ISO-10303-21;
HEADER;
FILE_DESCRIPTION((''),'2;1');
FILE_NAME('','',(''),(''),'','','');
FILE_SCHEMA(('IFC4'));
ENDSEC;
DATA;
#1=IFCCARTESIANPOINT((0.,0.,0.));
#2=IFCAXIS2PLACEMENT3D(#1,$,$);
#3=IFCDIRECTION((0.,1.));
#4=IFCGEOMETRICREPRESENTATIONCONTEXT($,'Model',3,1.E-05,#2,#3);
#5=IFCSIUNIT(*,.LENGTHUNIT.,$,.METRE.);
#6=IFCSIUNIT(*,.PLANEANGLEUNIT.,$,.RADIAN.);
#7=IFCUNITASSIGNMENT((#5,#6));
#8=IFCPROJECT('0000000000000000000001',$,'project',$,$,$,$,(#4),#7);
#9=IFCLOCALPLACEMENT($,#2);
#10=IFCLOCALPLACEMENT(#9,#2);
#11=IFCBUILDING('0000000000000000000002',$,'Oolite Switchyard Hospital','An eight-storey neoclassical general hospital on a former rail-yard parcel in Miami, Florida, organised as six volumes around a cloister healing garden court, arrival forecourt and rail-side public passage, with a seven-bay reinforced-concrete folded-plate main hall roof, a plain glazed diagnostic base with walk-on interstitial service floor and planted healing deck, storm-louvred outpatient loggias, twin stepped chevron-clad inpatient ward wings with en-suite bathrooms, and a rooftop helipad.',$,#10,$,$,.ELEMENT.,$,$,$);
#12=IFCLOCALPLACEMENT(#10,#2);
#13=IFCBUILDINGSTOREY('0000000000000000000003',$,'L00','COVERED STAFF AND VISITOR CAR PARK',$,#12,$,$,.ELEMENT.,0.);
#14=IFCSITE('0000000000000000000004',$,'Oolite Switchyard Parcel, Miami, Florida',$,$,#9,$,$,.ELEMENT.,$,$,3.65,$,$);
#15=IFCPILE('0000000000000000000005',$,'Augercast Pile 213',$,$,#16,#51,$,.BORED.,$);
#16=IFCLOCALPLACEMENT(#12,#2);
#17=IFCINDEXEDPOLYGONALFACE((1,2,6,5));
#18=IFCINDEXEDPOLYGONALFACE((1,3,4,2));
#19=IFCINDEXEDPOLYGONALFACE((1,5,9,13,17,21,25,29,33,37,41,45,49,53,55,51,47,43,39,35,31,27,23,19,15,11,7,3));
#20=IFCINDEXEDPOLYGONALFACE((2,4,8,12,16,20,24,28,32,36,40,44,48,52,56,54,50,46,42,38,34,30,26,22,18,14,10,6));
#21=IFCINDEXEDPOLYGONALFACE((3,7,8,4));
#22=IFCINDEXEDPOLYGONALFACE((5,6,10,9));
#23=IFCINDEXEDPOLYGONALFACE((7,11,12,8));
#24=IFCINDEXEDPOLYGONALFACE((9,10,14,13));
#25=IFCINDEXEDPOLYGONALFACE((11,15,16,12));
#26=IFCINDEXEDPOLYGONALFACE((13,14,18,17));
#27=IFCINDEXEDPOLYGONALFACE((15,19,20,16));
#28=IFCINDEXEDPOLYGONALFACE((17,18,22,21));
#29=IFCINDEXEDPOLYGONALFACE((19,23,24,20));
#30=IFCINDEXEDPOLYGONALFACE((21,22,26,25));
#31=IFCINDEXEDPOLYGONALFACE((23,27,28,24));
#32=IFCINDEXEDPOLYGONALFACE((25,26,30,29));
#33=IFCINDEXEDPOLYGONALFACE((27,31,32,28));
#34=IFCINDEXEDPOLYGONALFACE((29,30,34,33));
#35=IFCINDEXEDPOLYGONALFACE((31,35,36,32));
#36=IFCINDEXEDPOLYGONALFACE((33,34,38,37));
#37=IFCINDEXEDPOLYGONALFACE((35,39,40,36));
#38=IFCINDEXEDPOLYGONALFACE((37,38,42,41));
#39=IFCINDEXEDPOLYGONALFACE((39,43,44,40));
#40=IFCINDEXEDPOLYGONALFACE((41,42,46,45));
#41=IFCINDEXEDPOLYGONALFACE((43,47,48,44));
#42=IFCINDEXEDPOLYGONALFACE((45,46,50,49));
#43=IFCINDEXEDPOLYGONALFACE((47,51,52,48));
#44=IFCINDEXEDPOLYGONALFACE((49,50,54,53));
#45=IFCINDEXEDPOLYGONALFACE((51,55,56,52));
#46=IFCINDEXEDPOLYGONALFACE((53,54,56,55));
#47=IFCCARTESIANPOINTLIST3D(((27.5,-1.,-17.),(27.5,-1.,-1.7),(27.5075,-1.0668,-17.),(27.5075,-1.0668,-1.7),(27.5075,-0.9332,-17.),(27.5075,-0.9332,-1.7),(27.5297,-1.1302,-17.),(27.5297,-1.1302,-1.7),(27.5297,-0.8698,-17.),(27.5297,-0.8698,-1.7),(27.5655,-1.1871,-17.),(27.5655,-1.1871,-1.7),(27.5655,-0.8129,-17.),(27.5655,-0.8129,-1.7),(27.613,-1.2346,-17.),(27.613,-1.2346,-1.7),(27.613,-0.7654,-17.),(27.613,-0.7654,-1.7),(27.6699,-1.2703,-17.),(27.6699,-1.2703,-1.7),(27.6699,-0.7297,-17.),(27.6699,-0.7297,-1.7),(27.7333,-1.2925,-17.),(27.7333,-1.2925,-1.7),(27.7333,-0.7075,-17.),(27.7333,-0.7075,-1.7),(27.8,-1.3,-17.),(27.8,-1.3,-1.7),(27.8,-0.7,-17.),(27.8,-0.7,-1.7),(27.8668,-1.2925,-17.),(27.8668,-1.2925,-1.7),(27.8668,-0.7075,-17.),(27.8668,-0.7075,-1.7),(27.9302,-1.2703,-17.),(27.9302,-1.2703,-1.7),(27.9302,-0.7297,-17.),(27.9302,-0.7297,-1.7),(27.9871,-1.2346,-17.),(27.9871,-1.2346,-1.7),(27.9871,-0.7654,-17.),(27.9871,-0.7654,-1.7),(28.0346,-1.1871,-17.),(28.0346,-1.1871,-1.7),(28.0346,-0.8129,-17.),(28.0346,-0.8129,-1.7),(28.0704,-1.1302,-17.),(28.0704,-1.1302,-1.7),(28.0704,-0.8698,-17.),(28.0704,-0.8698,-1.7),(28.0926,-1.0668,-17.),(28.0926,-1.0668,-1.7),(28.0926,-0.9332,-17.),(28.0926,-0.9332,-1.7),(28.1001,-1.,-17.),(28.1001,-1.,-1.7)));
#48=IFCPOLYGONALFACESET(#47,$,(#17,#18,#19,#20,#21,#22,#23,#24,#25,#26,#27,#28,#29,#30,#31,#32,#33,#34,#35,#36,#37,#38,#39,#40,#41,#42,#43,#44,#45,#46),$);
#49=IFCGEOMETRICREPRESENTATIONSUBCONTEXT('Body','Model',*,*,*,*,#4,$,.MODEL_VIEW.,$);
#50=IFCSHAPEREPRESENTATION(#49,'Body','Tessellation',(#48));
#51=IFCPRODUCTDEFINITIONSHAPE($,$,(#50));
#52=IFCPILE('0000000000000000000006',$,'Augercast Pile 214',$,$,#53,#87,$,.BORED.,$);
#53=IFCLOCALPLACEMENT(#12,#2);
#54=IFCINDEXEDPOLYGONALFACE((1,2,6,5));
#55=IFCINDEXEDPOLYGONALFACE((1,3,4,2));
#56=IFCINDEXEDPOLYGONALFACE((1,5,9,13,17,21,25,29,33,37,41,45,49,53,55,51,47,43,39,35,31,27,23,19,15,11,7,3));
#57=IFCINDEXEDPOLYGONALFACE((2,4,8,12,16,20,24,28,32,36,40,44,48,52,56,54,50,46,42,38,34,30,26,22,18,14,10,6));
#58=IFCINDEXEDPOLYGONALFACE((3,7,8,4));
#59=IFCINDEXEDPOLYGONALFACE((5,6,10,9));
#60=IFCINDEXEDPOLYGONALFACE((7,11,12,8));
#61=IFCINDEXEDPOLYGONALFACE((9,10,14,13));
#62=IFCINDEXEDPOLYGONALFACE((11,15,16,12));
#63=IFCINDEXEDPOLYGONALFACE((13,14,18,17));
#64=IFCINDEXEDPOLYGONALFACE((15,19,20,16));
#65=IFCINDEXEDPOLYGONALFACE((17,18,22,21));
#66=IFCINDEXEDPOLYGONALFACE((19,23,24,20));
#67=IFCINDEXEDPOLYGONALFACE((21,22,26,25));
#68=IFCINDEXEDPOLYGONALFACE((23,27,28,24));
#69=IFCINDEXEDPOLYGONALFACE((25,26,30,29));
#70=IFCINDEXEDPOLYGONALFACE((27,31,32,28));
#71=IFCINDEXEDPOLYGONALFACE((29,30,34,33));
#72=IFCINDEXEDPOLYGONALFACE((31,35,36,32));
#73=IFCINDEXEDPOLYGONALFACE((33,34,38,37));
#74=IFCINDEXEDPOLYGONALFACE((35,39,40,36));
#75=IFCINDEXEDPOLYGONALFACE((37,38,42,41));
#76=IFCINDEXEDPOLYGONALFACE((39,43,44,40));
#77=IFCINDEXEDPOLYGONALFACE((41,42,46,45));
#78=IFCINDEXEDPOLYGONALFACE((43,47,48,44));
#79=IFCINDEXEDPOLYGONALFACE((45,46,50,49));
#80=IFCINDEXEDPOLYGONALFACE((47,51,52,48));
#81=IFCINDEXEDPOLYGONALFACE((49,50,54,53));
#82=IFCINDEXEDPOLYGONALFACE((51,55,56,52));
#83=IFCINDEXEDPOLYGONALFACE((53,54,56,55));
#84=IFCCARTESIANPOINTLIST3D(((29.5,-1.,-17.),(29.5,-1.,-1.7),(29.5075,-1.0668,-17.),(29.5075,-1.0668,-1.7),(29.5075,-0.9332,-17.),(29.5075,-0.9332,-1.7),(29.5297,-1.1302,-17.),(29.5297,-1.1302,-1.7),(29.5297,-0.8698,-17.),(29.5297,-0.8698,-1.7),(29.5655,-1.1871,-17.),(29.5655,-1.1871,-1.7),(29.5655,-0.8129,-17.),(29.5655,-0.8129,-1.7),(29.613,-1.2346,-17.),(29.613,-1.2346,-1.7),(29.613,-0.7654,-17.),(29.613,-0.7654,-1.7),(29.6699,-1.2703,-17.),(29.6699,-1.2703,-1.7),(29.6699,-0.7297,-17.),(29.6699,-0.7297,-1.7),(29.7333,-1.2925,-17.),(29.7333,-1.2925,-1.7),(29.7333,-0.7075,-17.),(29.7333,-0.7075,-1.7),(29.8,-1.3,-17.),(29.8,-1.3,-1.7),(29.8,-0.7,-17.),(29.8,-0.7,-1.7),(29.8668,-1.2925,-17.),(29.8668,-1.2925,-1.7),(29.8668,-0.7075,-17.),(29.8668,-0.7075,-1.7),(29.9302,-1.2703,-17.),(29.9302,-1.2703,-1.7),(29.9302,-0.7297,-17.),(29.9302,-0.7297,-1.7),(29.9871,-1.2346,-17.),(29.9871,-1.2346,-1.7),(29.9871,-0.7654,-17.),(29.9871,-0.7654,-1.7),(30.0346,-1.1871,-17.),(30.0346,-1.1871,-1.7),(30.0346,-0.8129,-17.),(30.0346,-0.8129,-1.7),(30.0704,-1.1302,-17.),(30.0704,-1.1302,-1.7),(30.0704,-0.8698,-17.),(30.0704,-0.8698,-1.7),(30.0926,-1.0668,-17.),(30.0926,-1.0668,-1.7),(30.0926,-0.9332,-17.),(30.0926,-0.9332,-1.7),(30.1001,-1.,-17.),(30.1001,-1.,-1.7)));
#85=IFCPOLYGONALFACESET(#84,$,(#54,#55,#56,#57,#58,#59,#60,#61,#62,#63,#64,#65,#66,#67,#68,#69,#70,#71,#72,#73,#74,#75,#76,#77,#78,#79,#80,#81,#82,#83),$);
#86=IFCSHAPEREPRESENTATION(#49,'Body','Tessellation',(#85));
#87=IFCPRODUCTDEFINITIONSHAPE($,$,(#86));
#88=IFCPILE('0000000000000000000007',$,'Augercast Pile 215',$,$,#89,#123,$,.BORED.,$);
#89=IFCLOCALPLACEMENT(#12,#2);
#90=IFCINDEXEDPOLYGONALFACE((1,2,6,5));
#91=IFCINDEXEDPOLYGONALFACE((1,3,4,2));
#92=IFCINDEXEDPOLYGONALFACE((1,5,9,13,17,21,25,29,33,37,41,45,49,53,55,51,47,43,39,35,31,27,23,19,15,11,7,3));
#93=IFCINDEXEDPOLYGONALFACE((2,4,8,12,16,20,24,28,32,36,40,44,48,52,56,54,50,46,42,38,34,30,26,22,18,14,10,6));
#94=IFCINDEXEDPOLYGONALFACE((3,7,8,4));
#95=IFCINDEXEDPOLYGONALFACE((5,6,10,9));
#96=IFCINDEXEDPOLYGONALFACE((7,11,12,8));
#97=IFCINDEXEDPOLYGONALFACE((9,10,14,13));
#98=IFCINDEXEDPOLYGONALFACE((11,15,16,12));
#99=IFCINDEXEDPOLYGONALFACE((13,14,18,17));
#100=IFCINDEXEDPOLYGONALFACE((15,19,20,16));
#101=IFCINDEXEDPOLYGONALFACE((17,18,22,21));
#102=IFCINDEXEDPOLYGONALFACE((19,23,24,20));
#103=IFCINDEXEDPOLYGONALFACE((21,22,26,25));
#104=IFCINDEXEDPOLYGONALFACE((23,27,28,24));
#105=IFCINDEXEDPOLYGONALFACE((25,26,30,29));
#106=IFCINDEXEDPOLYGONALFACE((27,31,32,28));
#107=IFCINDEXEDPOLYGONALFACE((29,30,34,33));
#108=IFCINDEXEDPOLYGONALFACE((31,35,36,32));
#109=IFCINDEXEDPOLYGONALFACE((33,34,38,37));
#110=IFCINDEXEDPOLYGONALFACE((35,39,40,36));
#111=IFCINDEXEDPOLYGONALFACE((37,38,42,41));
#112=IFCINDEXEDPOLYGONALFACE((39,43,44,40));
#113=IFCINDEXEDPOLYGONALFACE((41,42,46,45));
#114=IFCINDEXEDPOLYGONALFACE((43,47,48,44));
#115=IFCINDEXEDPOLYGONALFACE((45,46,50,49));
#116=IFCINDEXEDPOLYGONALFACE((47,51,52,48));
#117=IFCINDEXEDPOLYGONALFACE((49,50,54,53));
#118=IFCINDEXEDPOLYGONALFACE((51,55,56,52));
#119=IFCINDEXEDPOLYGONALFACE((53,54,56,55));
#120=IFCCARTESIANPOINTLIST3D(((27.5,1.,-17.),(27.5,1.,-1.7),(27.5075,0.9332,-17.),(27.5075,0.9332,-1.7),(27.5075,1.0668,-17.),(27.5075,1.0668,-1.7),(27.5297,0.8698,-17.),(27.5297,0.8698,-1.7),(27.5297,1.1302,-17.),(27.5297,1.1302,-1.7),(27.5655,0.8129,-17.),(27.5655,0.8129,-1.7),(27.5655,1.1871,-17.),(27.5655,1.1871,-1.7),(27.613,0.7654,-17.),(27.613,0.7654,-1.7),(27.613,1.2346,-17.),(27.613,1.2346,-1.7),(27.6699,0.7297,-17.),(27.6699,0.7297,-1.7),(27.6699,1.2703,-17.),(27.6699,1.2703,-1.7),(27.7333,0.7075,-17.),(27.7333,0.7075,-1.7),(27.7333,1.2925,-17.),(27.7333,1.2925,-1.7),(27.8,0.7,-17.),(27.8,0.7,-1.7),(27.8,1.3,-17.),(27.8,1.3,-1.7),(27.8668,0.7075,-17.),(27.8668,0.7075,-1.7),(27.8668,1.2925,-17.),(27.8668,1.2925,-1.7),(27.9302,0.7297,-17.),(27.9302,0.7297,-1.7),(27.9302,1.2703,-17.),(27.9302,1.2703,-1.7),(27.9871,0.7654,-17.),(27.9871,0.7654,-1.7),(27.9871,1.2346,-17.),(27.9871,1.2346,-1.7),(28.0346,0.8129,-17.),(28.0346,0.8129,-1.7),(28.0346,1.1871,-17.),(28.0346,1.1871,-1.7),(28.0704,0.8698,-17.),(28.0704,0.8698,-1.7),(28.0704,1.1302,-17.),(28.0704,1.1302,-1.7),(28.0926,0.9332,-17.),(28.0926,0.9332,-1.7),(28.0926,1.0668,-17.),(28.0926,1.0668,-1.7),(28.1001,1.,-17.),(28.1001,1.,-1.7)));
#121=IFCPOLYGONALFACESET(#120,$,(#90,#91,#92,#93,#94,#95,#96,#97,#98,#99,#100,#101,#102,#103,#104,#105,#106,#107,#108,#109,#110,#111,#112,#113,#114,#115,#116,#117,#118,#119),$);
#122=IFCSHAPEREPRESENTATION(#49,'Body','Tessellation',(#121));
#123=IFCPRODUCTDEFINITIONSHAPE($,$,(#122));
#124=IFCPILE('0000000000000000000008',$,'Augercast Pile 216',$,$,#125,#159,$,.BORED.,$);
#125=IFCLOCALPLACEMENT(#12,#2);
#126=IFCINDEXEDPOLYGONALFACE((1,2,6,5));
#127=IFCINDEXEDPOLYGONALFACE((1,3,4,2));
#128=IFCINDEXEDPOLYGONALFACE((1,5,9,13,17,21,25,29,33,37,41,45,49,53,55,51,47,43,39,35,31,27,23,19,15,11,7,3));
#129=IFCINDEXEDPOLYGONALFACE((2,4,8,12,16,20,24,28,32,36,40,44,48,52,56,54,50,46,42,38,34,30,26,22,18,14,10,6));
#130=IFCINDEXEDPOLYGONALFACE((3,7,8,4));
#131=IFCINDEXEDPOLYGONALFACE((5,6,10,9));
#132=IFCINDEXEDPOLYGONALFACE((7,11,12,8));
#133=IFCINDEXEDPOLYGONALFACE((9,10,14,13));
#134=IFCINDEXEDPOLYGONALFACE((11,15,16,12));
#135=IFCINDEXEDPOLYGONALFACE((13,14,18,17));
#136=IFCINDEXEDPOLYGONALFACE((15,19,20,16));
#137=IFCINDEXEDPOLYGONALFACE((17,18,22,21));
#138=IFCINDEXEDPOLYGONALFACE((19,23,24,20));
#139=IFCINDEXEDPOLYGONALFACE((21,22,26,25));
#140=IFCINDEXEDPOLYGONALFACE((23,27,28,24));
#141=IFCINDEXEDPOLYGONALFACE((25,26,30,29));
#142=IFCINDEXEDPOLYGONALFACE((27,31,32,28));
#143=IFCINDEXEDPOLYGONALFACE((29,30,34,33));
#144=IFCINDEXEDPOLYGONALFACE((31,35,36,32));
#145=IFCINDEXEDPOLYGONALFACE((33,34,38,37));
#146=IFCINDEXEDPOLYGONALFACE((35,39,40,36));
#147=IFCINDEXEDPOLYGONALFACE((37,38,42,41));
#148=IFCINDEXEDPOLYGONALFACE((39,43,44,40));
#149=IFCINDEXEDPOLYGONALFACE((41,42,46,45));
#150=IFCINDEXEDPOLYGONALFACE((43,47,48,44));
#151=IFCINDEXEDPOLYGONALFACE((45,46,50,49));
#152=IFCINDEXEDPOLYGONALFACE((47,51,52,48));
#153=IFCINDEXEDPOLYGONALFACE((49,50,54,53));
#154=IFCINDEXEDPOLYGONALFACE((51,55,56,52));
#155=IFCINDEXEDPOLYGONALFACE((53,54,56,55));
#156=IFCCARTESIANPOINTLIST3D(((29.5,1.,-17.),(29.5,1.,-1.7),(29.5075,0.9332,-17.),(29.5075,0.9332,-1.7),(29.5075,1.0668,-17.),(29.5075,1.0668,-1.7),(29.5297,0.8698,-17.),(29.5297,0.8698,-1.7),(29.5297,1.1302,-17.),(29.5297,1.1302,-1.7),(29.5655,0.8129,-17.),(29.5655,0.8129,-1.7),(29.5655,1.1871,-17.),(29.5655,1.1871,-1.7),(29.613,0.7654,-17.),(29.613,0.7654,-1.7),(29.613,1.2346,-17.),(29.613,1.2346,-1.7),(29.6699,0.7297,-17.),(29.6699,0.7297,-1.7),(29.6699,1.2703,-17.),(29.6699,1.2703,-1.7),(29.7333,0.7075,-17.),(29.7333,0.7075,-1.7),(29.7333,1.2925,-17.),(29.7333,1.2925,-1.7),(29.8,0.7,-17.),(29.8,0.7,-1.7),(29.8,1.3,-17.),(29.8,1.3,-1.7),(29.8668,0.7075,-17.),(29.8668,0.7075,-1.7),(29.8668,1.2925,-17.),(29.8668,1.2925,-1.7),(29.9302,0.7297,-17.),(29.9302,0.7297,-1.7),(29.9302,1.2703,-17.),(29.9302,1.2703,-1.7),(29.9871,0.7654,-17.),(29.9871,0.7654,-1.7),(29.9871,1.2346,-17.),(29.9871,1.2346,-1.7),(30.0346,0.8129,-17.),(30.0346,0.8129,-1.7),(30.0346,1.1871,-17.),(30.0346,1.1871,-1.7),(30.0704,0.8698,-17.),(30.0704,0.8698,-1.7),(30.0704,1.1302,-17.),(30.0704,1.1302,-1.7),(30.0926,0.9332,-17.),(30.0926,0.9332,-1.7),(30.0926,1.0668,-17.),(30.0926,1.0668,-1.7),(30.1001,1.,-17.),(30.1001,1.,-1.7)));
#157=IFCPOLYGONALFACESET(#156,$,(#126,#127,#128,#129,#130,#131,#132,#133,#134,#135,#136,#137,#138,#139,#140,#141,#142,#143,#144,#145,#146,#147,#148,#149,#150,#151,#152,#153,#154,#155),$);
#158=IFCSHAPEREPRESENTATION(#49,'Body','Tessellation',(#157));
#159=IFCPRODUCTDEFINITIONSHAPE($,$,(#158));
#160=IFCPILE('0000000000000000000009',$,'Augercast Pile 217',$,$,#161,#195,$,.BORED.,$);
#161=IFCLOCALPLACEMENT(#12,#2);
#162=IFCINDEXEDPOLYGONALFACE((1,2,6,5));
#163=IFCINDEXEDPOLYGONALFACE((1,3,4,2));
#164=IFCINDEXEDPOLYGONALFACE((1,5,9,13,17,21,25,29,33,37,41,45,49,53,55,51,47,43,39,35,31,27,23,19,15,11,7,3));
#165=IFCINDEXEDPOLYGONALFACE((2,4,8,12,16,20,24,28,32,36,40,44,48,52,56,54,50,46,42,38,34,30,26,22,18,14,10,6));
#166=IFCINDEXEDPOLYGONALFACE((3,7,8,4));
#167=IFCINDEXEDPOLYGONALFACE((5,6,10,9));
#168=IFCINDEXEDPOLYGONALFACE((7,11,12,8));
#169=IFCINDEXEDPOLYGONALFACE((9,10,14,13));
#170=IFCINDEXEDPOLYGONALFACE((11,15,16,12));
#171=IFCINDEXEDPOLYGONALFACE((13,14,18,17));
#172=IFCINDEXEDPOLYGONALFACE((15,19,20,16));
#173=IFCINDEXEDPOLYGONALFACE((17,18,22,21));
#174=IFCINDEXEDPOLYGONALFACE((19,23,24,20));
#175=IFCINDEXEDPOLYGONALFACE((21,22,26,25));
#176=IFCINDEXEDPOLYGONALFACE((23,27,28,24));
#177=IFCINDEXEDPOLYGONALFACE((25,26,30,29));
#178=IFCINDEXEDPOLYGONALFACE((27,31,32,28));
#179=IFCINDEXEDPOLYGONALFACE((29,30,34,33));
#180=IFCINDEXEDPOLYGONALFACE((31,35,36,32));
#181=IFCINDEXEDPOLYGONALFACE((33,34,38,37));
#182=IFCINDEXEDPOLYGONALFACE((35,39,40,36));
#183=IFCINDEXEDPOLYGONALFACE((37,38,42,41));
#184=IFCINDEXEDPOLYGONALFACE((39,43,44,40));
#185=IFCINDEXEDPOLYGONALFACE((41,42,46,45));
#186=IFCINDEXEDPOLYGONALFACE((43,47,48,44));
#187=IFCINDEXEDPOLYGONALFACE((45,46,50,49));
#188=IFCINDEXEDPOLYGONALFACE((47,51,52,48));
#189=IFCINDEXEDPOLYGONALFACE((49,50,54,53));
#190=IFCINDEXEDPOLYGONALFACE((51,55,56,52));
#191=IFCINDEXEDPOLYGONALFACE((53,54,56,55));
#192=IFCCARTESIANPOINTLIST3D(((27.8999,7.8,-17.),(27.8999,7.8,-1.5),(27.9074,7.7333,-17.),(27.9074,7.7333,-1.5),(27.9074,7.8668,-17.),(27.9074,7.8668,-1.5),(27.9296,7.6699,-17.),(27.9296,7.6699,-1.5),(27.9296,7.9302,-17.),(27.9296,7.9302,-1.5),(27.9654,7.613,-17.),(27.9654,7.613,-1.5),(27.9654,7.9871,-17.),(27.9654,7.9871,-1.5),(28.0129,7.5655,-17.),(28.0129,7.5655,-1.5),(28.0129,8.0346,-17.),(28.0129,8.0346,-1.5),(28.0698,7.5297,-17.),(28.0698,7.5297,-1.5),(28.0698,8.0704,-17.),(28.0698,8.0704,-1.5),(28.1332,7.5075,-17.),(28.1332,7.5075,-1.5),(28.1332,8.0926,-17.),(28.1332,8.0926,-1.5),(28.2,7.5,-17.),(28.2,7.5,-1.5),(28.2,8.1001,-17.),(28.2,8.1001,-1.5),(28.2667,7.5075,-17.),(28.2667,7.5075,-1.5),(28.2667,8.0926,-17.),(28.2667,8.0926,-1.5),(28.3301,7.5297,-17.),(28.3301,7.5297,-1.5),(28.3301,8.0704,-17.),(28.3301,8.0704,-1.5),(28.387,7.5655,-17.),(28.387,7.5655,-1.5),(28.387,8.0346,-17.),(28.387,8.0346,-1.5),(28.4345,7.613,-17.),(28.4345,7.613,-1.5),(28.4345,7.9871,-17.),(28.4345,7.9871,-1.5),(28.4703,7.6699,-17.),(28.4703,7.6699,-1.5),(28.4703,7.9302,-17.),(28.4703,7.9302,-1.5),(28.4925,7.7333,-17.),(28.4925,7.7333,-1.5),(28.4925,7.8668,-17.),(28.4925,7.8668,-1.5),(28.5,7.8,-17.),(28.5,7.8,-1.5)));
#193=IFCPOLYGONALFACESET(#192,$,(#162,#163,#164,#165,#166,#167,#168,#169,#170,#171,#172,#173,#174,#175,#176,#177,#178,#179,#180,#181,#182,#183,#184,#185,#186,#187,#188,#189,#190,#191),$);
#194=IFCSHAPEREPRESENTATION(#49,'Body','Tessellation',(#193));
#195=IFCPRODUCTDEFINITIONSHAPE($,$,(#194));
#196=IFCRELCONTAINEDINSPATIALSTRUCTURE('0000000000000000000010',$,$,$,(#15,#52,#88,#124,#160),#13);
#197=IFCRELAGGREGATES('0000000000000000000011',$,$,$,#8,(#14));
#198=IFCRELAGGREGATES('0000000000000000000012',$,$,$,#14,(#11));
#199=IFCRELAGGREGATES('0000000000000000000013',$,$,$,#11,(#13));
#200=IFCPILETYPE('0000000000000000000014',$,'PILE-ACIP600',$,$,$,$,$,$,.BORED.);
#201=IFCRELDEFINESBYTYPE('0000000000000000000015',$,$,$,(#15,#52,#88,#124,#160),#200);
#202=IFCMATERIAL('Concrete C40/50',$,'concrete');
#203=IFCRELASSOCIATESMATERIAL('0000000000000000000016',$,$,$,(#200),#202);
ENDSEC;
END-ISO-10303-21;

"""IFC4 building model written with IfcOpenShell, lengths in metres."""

from ifc_helpers import new_model, si_unit, direction, frame, origin, origin_2d, place, context, subcontext, project, spatial, circle, extrude, material, material_profile, profile_set, type_object, element, save


model = new_model("IFC4")

# Units and contexts
model_context = context("Model", 3, precision=1e-05, world=origin(), true_north=direction((0.0, 1.0)))
body_context = subcontext(model_context, "Body", "Model", "MODEL_VIEW")
ifc_project = project(units=[si_unit("LENGTHUNIT", "METRE"), si_unit("PLANEANGLEUNIT", "RADIAN")], contexts=[model_context])

# Site, building, storey
site_placement = place(None, origin())
site = spatial("IfcSite", under=ifc_project, at=site_placement, Name="Oolite Switchyard Parcel, Miami, Florida", CompositionType="ELEMENT", RefElevation=3.65)
building_placement = place(site_placement, origin())
building = spatial("IfcBuilding", under=site, at=building_placement, Name="Oolite Switchyard Hospital", Description="An eight-storey neoclassical general hospital on a former rail-yard parcel in Miami, Florida, organised as six volumes around a cloister healing garden court, arrival forecourt and rail-side public passage, with a seven-bay reinforced-concrete folded-plate main hall roof, a plain glazed diagnostic base with walk-on interstitial service floor and planted healing deck, storm-louvred outpatient loggias, twin stepped chevron-clad inpatient ward wings with en-suite bathrooms, and a rooftop helipad.", CompositionType="ELEMENT")
storey_placement = place(building_placement, origin())
storey = spatial("IfcBuildingStorey", under=building, at=storey_placement, Name="L00", Description="COVERED STAFF AND VISITOR CAR PARK", CompositionType="ELEMENT", Elevation=0.0)

# Shared definitions
ifc_material_1 = material(Name="Concrete C40/50", Category="concrete")

# Piles
ifc_material_profile_1 = material_profile(ifc_material_1, circle(Radius=0.3, at=origin_2d()), Name="PILE600")
ifc_profile_set_1 = profile_set([ifc_material_profile_1], Name="Concrete C40/50")
pile_type = type_object("IfcPileType", Name="PILE-ACIP600", PredefinedType="BORED", material=ifc_profile_set_1)
for number, where, z_axis, x_axis, name in (
    (1, (27.8, -1.0, -1.7), (0.0, 0.0, -1.0), (1.0, 0.0, 0.0), "Augercast Pile 213"),
    (2, (29.8, -1.0, -1.7), (0.0, 0.0, -1.0), (1.0, 0.0, 0.0), "Augercast Pile 214"),
    (3, (27.8, 1.0, -1.7), (0.0, 0.0, -1.0), (1.0, 0.0, 0.0), "Augercast Pile 215"),
    (4, (29.8, 1.0, -1.7), (0.0, 0.0, -1.0), (1.0, 0.0, 0.0), "Augercast Pile 216"),
):
    element("IfcPile", number, at=place(storey_placement, frame(where, z_axis=z_axis, x_axis=x_axis)), inside=storey, type_object=pile_type, Name=name, PredefinedType="BORED", context=body_context, shape_type="SweptSolid", body=[
        extrude(circle(Radius=0.3, at=origin_2d()), origin(), (0.0, 0.0, 1.0), 15.3),
    ])
for number, where, z_axis, x_axis, name in (
    (5, (28.2, 7.8, -1.5), (0.0, 0.0, -1.0), (1.0, 0.0, 0.0), "Augercast Pile 217"),
):
    element("IfcPile", number, at=place(storey_placement, frame(where, z_axis=z_axis, x_axis=x_axis)), inside=storey, type_object=pile_type, Name=name, PredefinedType="BORED", context=body_context, shape_type="SweptSolid", body=[
        extrude(circle(Radius=0.3, at=origin_2d()), origin(), (0.0, 0.0, 1.0), 15.5),
    ])

save(model, "model.ifc")
